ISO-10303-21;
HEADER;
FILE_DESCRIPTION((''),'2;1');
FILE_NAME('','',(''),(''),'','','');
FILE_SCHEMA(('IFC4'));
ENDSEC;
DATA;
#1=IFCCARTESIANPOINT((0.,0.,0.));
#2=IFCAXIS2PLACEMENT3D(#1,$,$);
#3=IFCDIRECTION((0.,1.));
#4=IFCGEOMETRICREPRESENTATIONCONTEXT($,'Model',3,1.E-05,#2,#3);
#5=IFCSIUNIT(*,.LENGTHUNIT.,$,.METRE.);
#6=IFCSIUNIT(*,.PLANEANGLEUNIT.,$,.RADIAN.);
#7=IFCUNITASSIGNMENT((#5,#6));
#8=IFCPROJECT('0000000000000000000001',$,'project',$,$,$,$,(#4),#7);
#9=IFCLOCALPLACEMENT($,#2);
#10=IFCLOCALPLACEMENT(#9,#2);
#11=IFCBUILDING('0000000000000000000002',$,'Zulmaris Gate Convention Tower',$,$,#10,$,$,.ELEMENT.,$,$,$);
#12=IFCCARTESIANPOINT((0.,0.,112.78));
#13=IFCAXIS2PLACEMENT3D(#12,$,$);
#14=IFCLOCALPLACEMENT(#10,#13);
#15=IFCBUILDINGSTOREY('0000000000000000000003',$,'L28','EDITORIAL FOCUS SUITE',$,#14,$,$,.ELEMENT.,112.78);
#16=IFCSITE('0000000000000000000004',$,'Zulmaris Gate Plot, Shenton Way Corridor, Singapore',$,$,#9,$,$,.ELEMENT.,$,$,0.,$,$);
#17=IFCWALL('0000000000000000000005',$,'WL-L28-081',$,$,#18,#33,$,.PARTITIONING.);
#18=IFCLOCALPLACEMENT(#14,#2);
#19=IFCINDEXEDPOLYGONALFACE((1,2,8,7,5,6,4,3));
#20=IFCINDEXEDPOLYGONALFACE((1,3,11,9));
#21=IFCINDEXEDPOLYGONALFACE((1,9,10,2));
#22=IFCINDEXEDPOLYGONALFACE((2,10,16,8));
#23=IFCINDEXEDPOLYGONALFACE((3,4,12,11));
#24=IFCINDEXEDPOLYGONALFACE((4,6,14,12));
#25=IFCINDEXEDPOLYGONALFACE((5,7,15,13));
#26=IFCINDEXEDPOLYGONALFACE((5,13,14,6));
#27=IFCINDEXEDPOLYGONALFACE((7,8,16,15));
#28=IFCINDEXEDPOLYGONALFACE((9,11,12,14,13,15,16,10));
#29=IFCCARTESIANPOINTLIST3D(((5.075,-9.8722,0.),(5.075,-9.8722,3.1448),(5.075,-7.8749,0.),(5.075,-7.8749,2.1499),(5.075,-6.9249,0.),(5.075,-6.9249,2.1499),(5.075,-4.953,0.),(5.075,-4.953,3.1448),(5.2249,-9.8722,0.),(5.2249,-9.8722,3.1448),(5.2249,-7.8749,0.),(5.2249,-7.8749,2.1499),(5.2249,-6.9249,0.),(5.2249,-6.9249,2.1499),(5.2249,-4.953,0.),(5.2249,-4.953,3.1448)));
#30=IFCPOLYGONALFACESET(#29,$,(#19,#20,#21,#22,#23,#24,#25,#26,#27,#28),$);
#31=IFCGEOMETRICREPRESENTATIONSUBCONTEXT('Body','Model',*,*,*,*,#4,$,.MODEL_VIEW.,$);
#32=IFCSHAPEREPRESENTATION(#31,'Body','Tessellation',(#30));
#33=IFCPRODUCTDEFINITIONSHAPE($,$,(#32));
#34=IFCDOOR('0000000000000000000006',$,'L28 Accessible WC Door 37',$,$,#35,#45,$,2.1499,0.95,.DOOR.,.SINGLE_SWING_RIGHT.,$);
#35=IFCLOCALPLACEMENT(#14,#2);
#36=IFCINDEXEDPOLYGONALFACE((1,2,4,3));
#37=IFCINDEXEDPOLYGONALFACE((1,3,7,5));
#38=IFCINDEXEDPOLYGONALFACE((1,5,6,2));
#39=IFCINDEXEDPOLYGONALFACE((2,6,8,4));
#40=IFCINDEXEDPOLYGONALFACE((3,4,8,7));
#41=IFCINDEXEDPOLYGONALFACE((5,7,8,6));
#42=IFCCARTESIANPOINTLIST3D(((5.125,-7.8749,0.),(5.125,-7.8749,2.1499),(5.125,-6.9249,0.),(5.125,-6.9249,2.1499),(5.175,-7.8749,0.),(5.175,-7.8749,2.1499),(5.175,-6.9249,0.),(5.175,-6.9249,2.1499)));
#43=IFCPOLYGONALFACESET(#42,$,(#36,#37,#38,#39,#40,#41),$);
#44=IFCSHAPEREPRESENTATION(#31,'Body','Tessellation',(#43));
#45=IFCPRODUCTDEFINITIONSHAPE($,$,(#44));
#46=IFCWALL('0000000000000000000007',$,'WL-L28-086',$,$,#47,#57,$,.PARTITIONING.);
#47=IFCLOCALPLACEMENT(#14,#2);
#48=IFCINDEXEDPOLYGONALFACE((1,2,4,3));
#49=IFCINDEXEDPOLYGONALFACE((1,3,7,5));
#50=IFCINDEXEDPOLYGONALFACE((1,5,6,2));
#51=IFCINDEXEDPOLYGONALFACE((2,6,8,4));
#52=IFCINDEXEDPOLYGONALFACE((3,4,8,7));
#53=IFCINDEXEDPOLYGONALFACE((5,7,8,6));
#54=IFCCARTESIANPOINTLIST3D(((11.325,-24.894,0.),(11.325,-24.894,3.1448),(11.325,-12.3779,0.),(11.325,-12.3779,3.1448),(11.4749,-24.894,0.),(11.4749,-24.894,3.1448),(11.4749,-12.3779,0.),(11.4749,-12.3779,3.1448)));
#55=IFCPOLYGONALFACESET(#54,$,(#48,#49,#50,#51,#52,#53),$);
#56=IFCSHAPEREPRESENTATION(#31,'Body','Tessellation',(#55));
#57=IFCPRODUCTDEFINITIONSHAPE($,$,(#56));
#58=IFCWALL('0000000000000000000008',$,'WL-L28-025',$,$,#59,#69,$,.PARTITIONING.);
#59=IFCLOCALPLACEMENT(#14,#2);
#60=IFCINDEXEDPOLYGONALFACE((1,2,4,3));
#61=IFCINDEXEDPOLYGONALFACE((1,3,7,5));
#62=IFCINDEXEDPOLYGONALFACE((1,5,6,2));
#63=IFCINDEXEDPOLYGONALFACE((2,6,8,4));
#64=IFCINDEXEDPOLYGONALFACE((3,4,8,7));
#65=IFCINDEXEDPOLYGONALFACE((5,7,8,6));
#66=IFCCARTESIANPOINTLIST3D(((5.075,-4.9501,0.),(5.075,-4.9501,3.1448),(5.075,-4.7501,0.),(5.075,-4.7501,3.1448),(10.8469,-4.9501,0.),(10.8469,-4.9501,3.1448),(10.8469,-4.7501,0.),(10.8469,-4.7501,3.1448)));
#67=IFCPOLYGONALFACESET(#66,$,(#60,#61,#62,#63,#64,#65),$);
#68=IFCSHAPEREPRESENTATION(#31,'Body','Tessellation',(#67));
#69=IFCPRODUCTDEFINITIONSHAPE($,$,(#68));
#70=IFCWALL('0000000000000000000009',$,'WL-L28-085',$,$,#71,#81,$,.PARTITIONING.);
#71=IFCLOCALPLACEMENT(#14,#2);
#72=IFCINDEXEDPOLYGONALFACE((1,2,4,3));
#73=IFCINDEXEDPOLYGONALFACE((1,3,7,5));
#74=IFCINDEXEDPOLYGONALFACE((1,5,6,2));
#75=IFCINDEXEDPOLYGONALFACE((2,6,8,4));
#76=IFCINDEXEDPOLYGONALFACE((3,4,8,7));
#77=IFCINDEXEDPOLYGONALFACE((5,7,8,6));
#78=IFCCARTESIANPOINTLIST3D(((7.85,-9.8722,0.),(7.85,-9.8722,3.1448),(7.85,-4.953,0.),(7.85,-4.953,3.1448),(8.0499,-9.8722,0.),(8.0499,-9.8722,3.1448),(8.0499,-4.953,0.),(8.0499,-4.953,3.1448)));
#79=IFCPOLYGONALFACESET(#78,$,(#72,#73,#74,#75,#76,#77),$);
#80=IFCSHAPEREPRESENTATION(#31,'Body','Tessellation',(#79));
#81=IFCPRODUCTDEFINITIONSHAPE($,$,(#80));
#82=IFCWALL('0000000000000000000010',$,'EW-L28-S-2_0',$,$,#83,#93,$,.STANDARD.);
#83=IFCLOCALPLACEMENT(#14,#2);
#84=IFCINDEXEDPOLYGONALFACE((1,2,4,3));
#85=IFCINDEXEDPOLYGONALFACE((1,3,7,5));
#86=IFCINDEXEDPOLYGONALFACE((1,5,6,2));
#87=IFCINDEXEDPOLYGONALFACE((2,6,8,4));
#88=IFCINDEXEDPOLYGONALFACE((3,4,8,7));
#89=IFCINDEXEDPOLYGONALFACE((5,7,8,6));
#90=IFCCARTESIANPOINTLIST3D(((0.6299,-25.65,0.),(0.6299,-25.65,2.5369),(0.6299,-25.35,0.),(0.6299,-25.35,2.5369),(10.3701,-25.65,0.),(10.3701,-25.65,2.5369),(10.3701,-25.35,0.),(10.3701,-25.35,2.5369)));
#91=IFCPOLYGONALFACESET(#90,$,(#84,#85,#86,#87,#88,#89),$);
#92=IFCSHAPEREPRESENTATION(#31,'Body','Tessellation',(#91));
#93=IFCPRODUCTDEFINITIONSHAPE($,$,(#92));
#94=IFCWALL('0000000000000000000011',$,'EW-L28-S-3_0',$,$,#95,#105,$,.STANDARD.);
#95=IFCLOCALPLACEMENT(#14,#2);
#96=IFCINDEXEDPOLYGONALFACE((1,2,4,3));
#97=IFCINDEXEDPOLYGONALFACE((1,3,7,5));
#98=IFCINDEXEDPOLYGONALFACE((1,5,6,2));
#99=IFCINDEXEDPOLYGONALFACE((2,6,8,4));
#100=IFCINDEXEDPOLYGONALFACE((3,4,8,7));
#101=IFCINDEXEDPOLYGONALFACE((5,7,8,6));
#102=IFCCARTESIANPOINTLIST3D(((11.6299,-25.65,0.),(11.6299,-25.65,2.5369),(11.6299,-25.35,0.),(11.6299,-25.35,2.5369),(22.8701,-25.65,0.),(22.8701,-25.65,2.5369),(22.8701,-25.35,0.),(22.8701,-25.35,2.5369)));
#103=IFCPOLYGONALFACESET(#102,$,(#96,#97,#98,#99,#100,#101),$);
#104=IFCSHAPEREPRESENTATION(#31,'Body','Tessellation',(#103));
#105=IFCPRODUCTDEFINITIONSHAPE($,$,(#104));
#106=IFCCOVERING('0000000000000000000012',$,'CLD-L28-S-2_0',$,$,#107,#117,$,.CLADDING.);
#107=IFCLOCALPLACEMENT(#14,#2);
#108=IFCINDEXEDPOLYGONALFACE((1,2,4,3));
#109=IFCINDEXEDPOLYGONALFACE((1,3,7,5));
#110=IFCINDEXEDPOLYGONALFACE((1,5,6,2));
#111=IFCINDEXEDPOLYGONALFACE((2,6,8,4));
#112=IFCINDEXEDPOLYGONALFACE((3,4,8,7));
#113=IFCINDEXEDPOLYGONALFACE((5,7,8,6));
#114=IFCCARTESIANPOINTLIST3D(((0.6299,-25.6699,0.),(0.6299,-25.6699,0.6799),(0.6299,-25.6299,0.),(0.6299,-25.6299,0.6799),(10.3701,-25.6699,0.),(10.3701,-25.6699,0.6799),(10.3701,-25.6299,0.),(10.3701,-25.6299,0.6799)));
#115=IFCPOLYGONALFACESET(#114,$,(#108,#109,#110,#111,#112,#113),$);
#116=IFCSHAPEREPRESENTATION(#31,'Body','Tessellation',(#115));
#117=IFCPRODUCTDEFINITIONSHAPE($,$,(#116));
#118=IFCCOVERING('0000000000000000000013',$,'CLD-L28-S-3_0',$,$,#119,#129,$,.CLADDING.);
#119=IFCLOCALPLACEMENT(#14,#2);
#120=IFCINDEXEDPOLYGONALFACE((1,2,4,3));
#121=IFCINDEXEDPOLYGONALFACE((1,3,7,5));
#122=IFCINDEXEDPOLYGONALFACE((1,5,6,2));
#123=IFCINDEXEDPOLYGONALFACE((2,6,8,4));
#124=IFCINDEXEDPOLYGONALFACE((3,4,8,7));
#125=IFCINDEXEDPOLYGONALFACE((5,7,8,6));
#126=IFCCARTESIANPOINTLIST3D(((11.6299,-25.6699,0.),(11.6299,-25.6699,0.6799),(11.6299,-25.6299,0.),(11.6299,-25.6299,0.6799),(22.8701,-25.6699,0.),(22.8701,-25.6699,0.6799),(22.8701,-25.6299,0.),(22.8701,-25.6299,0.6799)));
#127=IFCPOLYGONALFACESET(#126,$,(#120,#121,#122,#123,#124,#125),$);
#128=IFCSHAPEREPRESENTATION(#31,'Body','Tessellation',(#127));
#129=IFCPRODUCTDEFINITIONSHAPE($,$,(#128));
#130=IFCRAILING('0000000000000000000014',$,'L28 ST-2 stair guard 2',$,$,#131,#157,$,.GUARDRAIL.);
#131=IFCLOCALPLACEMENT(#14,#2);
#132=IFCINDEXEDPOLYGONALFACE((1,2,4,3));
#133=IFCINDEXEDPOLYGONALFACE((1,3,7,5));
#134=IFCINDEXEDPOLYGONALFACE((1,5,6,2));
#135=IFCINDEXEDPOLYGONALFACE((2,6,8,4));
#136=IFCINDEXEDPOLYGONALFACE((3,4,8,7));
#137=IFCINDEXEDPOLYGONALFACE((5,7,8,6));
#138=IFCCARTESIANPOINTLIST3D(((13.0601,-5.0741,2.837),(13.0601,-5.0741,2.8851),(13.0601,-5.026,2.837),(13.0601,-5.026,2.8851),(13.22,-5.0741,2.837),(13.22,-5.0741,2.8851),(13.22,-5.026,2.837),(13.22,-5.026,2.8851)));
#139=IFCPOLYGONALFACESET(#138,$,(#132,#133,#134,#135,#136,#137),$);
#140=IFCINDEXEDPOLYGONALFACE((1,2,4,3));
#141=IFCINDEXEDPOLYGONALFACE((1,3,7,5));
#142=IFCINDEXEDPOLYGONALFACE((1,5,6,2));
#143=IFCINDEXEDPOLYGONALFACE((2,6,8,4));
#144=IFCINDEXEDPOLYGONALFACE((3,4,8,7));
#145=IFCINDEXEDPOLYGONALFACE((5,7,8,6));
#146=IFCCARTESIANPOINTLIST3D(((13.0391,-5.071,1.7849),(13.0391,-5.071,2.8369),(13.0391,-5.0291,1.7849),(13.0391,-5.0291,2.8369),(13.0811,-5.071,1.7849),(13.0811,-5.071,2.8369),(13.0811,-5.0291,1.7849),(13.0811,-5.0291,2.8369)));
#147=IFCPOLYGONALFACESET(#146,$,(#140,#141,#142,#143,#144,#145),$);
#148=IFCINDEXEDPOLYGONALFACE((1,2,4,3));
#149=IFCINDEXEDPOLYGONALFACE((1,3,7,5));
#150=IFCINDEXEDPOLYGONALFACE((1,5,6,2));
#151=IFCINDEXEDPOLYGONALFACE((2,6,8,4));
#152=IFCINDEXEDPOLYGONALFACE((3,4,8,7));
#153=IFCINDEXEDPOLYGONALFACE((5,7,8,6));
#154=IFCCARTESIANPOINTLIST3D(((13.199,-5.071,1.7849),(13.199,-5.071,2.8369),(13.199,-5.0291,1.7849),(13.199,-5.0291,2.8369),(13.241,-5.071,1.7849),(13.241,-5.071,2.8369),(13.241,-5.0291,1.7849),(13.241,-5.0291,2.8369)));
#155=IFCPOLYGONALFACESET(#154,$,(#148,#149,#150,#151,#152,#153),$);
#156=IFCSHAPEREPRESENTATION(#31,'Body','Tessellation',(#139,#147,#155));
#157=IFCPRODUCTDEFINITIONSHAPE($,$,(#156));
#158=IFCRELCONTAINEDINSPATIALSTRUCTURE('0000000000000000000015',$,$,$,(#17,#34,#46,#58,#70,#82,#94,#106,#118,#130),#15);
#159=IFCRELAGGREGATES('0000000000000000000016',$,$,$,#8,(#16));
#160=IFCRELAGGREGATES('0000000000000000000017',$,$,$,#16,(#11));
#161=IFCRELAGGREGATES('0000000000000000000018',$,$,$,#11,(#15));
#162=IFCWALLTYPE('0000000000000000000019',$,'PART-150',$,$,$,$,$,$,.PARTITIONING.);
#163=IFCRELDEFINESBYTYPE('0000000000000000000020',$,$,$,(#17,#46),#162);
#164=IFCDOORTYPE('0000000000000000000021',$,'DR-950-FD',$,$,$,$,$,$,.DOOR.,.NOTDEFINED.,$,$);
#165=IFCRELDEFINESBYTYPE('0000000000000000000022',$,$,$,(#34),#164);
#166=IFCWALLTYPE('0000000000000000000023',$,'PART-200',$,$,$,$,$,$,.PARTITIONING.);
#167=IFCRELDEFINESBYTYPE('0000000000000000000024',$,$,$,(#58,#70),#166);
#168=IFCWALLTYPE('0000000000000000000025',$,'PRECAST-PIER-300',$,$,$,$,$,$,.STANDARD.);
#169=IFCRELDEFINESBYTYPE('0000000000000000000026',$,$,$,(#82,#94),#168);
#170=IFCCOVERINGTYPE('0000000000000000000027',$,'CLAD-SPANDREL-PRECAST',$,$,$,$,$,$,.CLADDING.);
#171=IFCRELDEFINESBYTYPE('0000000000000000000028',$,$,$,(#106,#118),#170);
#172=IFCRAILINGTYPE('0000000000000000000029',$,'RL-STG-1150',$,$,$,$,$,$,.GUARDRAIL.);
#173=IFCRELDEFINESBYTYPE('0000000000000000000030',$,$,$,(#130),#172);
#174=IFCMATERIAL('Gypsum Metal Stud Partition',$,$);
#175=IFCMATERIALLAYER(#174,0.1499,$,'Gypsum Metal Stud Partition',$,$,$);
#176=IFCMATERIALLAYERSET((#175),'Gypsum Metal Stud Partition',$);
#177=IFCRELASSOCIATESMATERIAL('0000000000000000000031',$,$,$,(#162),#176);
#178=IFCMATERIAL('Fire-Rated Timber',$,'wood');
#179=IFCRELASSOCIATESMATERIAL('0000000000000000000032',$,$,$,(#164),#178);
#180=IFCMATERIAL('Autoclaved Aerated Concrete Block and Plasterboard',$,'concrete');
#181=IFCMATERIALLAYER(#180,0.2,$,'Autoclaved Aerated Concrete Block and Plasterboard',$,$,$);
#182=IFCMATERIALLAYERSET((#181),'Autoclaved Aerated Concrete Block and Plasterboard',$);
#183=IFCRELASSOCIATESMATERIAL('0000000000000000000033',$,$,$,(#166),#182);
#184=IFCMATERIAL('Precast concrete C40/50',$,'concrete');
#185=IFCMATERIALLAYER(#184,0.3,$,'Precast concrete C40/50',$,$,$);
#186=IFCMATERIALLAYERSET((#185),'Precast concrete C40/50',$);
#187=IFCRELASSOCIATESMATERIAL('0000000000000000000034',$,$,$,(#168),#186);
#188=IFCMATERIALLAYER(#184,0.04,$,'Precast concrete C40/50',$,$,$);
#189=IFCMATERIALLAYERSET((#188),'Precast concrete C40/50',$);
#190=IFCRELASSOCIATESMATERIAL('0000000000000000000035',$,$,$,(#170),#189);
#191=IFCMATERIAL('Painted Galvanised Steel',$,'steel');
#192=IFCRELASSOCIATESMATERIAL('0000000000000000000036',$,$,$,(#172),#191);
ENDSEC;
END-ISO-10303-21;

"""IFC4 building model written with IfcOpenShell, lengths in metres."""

from ifc_helpers import new_model, si_unit, direction, frame, frame_2d, origin, origin_2d, place, context, subcontext, project, spatial, rectangle, extrude, material, layer, layer_set, type_object, element, fill, save


model = new_model("IFC4")

# Units and contexts
model_context = context("Model", 3, precision=1e-05, world=origin(), true_north=direction((0.0, 1.0)))
body_context = subcontext(model_context, "Body", "Model", "MODEL_VIEW")
ifc_project = project(units=[si_unit("LENGTHUNIT", "METRE"), si_unit("PLANEANGLEUNIT", "RADIAN")], contexts=[model_context])

# Site, building, storey
site_placement = place(None, origin())
site = spatial("IfcSite", under=ifc_project, at=site_placement, Name="Zulmaris Gate Plot, Shenton Way Corridor, Singapore", CompositionType="ELEMENT", RefElevation=0.0)
building_placement = place(site_placement, origin())
building = spatial("IfcBuilding", under=site, at=building_placement, Name="Zulmaris Gate Convention Tower", CompositionType="ELEMENT")
storey_placement = place(building_placement, frame((0.0, 0.0, 112.78)))
storey = spatial("IfcBuildingStorey", under=building, at=storey_placement, Name="L28", Description="EDITORIAL FOCUS SUITE", CompositionType="ELEMENT", Elevation=112.78)

# Shared definitions
ifc_material_1 = material(Name="Gypsum Metal Stud Partition")
ifc_layer_1 = layer(ifc_material_1, 0.1499, Name="Gypsum Metal Stud Partition")
ifc_layer_set_1 = layer_set([ifc_layer_1], Name="Gypsum Metal Stud Partition")
wall_type_1 = type_object("IfcWallType", Name="PART-150", PredefinedType="PARTITIONING", material=ifc_layer_set_1)

# Wall, opening, door
wall_1_placement = place(storey_placement, frame((5.1499, -9.8721, 0.0), z_axis=(0.0, 0.0, 1.0), x_axis=(0.0, 1.0, 0.0)))
wall_1 = element("IfcWall", 1, at=wall_1_placement, inside=storey, type_object=wall_type_1, Name="WL-L28-081", PredefinedType="PARTITIONING", context=body_context, shape_type="SweptSolid", body=[
    extrude(rectangle(XDim=4.9192, YDim=0.1499, at=frame_2d((2.4595, 0.0))), origin(), (0.0, 0.0, 1.0), 3.1448),
])
opening_placement = place(wall_1_placement, frame((1.9971, 0.0, 0.0)))
opening = element("IfcOpeningElement", 2, at=opening_placement, cuts=wall_1, PredefinedType="OPENING", context=body_context, shape_type="SweptSolid", body=[
    extrude(rectangle(XDim=0.95, YDim=2.1499, at=frame_2d((0.4751, 1.075))), frame((0.0, 0.085, 0.0), z_axis=(0.0, -1.0, 0.0), x_axis=(1.0, 0.0, 0.0)), (0.0, 0.0, 1.0), 0.1699),
])
ifc_material_2 = material(Name="Fire-Rated Timber", Category="wood")
door_type = type_object("IfcDoorType", Name="DR-950-FD", OperationType="NOTDEFINED", PredefinedType="DOOR", material=ifc_material_2)
door_placement = place(opening_placement, origin())
door = element("IfcDoor", 3, at=door_placement, inside=storey, type_object=door_type, Name="L28 Accessible WC Door 37", OperationType="SINGLE_SWING_RIGHT", OverallHeight=2.1499, OverallWidth=0.95, PredefinedType="DOOR", context=body_context, shape_type="SweptSolid", body=[
    extrude(rectangle(XDim=0.95, YDim=2.1499, at=frame_2d((0.4751, 1.075))), frame((0.0, 0.0249, 0.0), z_axis=(0.0, -1.0, 0.0), x_axis=(1.0, 0.0, 0.0)), (0.0, 0.0, 1.0), 0.05),
])
fill(opening, door)

# Walls
wall_2_placement = place(storey_placement, frame((11.3999, -24.894, 0.0), z_axis=(0.0, 0.0, 1.0), x_axis=(0.0, 1.0, 0.0)))
element("IfcWall", 4, at=wall_2_placement, inside=storey, type_object=wall_type_1, Name="WL-L28-086", PredefinedType="PARTITIONING", context=body_context, shape_type="SweptSolid", body=[
    extrude(rectangle(XDim=12.5161, YDim=0.1499, at=frame_2d((6.2581, 0.0))), origin(), (0.0, 0.0, 1.0), 3.1448),
])
ifc_material_3 = material(Name="Autoclaved Aerated Concrete Block and Plasterboard", Category="concrete")
ifc_layer_2 = layer(ifc_material_3, 0.2, Name="Autoclaved Aerated Concrete Block and Plasterboard")
ifc_layer_set_2 = layer_set([ifc_layer_2], Name="Autoclaved Aerated Concrete Block and Plasterboard")
wall_type_2 = type_object("IfcWallType", Name="PART-200", PredefinedType="PARTITIONING", material=ifc_layer_set_2)
wall_3_placement = place(storey_placement, frame((5.075, -4.8501, 0.0), z_axis=(0.0, 0.0, 1.0), x_axis=(1.0, 0.0, 0.0)))
element("IfcWall", 5, at=wall_3_placement, inside=storey, type_object=wall_type_2, Name="WL-L28-025", PredefinedType="PARTITIONING", context=body_context, shape_type="SweptSolid", body=[
    extrude(rectangle(XDim=5.772, YDim=0.2, at=frame_2d((2.886, 0.0))), origin(), (0.0, 0.0, 1.0), 3.1448),
])
wall_4_placement = place(storey_placement, frame((7.95, -9.8721, 0.0), z_axis=(0.0, 0.0, 1.0), x_axis=(0.0, 1.0, 0.0)))
element("IfcWall", 6, at=wall_4_placement, inside=storey, type_object=wall_type_2, Name="WL-L28-085", PredefinedType="PARTITIONING", context=body_context, shape_type="SweptSolid", body=[
    extrude(rectangle(XDim=4.9192, YDim=0.2, at=frame_2d((2.4595, 0.0))), origin(), (0.0, 0.0, 1.0), 3.1448),
])
ifc_material_4 = material(Name="Precast concrete C40/50", Category="concrete")
ifc_layer_3 = layer(ifc_material_4, 0.3, Name="Precast concrete C40/50")
ifc_layer_set_3 = layer_set([ifc_layer_3], Name="Precast concrete C40/50")
wall_type_3 = type_object("IfcWallType", Name="PRECAST-PIER-300", PredefinedType="STANDARD", material=ifc_layer_set_3)
wall_5_placement = place(storey_placement, frame((0.6299, -25.5, 0.0), z_axis=(0.0, 0.0, 1.0), x_axis=(1.0, 0.0, 0.0)))
element("IfcWall", 7, at=wall_5_placement, inside=storey, type_object=wall_type_3, Name="EW-L28-S-2_0", PredefinedType="STANDARD", context=body_context, shape_type="SweptSolid", body=[
    extrude(rectangle(XDim=9.7402, YDim=0.3, at=frame_2d((4.8701, 0.0))), origin(), (0.0, 0.0, 1.0), 2.5369),
])
wall_6_placement = place(storey_placement, frame((11.6299, -25.5, 0.0), z_axis=(0.0, 0.0, 1.0), x_axis=(1.0, 0.0, 0.0)))
element("IfcWall", 8, at=wall_6_placement, inside=storey, type_object=wall_type_3, Name="EW-L28-S-3_0", PredefinedType="STANDARD", context=body_context, shape_type="SweptSolid", body=[
    extrude(rectangle(XDim=11.2402, YDim=0.3, at=frame_2d((5.6201, 0.0))), origin(), (0.0, 0.0, 1.0), 2.5369),
])

# Coverings
ifc_layer_4 = layer(ifc_material_4, 0.04, Name="Precast concrete C40/50")
ifc_layer_set_4 = layer_set([ifc_layer_4], Name="Precast concrete C40/50")
covering_type = type_object("IfcCoveringType", Name="CLAD-SPANDREL-PRECAST", PredefinedType="CLADDING", material=ifc_layer_set_4)
covering_1_placement = place(storey_placement, frame((0.6299, -25.6499, 0.0), z_axis=(0.0, 0.0, 1.0), x_axis=(1.0, 0.0, 0.0)))
element("IfcCovering", 9, at=covering_1_placement, inside=storey, type_object=covering_type, Name="CLD-L28-S-2_0", PredefinedType="CLADDING", context=body_context, shape_type="SweptSolid", body=[
    extrude(rectangle(XDim=9.7402, YDim=0.04, at=frame_2d((4.8701, 0.0))), origin(), (0.0, 0.0, 1.0), 0.6799),
])
covering_2_placement = place(storey_placement, frame((11.6299, -25.6499, 0.0), z_axis=(0.0, 0.0, 1.0), x_axis=(1.0, 0.0, 0.0)))
element("IfcCovering", 10, at=covering_2_placement, inside=storey, type_object=covering_type, Name="CLD-L28-S-3_0", PredefinedType="CLADDING", context=body_context, shape_type="SweptSolid", body=[
    extrude(rectangle(XDim=11.2402, YDim=0.04, at=frame_2d((5.6201, 0.0))), origin(), (0.0, 0.0, 1.0), 0.6799),
])

# Railing
ifc_material_5 = material(Name="Painted Galvanised Steel", Category="steel")
railing_type = type_object("IfcRailingType", Name="RL-STG-1150", PredefinedType="GUARDRAIL", material=ifc_material_5)
railing_placement = place(storey_placement, frame((13.0601, -5.05, 1.7849)))
element("IfcRailing", 11, at=railing_placement, inside=storey, type_object=railing_type, Name="L28 ST-2 stair guard 2", PredefinedType="GUARDRAIL", context=body_context, shape_type="SweptSolid", body=[
    extrude(rectangle(XDim=0.0481, YDim=0.0481, at=origin_2d()), frame((0.0, 0.0, 1.0762), z_axis=(1.0, 0.0, 0.0), x_axis=(0.0, 1.0, 0.0)), (0.0, 0.0, 1.0), 0.1599),
    extrude(rectangle(XDim=0.042, YDim=0.042, at=origin_2d()), origin(), (0.0, 0.0, 1.0), 1.052),
    extrude(rectangle(XDim=0.042, YDim=0.042, at=origin_2d()), frame((0.1599, 0.0, 0.0)), (0.0, 0.0, 1.0), 1.052),
])

save(model, "model.ifc")
